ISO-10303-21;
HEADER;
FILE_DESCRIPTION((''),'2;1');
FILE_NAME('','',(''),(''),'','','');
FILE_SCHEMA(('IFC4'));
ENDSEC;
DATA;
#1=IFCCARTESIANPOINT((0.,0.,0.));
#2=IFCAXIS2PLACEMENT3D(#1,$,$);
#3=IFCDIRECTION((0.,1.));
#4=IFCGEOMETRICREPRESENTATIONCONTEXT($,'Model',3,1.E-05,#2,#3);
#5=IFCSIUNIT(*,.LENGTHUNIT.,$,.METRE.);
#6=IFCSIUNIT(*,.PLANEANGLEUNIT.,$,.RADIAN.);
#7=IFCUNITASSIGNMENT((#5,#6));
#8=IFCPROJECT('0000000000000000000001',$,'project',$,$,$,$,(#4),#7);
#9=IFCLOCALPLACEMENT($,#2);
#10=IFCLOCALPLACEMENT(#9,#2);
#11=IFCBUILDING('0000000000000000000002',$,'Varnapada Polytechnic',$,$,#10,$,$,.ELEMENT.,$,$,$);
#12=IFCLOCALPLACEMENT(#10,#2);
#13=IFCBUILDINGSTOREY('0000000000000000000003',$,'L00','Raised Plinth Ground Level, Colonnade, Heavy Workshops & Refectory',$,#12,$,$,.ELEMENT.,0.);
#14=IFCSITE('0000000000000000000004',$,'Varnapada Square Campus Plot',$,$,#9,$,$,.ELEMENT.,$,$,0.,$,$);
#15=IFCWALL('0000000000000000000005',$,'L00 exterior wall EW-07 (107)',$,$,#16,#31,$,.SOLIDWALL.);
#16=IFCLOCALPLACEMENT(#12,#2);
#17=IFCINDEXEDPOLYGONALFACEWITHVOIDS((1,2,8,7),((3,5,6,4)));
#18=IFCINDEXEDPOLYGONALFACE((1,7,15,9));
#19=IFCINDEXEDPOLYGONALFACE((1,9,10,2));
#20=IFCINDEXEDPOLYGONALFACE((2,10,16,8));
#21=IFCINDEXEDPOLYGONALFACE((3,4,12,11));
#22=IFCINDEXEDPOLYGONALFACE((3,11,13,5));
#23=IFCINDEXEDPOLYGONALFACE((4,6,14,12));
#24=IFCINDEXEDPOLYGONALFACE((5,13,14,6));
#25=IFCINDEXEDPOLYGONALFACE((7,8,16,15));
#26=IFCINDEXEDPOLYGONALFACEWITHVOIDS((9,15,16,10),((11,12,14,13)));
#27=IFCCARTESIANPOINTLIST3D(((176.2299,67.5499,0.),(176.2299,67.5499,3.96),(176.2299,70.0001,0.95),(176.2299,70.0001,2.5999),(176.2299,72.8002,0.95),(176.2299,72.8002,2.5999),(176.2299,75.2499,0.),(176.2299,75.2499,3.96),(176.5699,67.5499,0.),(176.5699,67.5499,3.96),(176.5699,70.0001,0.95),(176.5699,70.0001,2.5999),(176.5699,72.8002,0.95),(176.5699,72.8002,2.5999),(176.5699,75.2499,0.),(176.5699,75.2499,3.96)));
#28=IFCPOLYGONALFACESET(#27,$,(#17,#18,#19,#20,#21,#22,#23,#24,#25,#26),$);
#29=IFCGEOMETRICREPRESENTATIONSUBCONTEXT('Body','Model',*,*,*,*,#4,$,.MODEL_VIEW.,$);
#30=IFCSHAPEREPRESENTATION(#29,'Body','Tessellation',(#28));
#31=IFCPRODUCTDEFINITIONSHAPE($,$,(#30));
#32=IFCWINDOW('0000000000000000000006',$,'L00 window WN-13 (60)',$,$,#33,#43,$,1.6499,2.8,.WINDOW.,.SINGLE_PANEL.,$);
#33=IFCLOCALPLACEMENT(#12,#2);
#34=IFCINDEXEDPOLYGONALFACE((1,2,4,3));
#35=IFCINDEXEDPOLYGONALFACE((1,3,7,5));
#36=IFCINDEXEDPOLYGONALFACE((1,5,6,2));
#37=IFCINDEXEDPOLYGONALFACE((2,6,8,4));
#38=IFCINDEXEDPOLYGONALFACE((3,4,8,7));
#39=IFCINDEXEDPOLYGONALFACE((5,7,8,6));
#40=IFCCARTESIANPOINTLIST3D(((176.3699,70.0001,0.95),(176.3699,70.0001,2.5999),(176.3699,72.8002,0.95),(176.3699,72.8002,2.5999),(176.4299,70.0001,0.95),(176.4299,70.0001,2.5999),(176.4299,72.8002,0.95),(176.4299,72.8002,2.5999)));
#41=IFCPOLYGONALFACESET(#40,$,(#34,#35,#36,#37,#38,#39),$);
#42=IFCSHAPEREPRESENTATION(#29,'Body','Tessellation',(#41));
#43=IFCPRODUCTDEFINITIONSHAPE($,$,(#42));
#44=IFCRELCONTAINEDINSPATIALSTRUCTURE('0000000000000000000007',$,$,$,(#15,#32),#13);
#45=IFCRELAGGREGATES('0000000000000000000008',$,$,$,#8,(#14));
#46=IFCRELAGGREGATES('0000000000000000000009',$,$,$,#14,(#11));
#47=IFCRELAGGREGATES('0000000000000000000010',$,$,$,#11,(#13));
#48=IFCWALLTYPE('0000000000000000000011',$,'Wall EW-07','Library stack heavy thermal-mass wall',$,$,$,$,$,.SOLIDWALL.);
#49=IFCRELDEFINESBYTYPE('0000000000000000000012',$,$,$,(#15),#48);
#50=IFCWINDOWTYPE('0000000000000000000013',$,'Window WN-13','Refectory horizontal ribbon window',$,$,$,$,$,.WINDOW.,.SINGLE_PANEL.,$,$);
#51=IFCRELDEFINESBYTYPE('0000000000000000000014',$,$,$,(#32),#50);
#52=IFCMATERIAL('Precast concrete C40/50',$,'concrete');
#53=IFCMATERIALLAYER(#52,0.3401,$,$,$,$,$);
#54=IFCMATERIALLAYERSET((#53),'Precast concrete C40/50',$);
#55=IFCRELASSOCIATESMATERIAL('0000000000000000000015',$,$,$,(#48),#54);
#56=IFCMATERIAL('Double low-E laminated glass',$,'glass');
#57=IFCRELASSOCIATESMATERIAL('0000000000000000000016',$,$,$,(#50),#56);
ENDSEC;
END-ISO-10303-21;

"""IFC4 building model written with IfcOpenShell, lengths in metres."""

from ifc_helpers import new_model, si_unit, direction, frame, frame_2d, origin, place, context, subcontext, project, spatial, rectangle, extrude, material, layer, layer_set, type_object, element, fill, save


model = new_model("IFC4")

# Units and contexts
model_context = context("Model", 3, precision=1e-05, world=origin(), true_north=direction((0.0, 1.0)))
body_context = subcontext(model_context, "Body", "Model", "MODEL_VIEW")
ifc_project = project(units=[si_unit("LENGTHUNIT", "METRE"), si_unit("PLANEANGLEUNIT", "RADIAN")], contexts=[model_context])

# Site, building, storey
site_placement = place(None, origin())
site = spatial("IfcSite", under=ifc_project, at=site_placement, Name="Varnapada Square Campus Plot", CompositionType="ELEMENT", RefElevation=0.0)
building_placement = place(site_placement, origin())
building = spatial("IfcBuilding", under=site, at=building_placement, Name="Varnapada Polytechnic", CompositionType="ELEMENT")
storey_placement = place(building_placement, origin())
storey = spatial("IfcBuildingStorey", under=building, at=storey_placement, Name="L00", Description="Raised Plinth Ground Level, Colonnade, Heavy Workshops & Refectory", CompositionType="ELEMENT", Elevation=0.0)

# Wall, opening, window
ifc_material_1 = material(Name="Precast concrete C40/50", Category="concrete")
ifc_layer_1 = layer(ifc_material_1, 0.3401)
ifc_layer_set_1 = layer_set([ifc_layer_1], Name="Precast concrete C40/50")
wall_type = type_object("IfcWallType", Name="Wall EW-07", Description="Library stack heavy thermal-mass wall", PredefinedType="SOLIDWALL", material=ifc_layer_set_1)
wall_placement = place(storey_placement, frame((176.3999, 75.25, 0.0), z_axis=(0.0, 0.0, 1.0), x_axis=(0.0, -1.0, 0.0)))
wall = element("IfcWall", 1, at=wall_placement, inside=storey, type_object=wall_type, Name="L00 exterior wall EW-07 (107)", PredefinedType="SOLIDWALL", context=body_context, shape_type="SweptSolid", body=[
    extrude(rectangle(XDim=7.7, YDim=0.3401, at=frame_2d((3.8501, 0.0))), origin(), (0.0, 0.0, 1.0), 3.96),
])
opening_1_placement = place(wall_placement, frame((2.45, 0.0, 0.95)))
opening_1 = element("IfcOpeningElement", 2, at=opening_1_placement, cuts=wall, PredefinedType="OPENING", context=body_context, shape_type="SweptSolid", body=[
    extrude(rectangle(XDim=2.8, YDim=1.6499, at=frame_2d((1.3999, 0.825))), frame((0.0, 0.1799, 0.0), z_axis=(0.0, -1.0, 0.0), x_axis=(1.0, 0.0, 0.0)), (0.0, 0.0, 1.0), 0.3601),
])
ifc_material_2 = material(Name="Double low-E laminated glass", Category="glass")
window_type = type_object("IfcWindowType", Name="Window WN-13", Description="Refectory horizontal ribbon window", PartitioningType="SINGLE_PANEL", PredefinedType="WINDOW", material=ifc_material_2)
window_placement = place(opening_1_placement, origin())
window = element("IfcWindow", 3, at=window_placement, inside=storey, type_object=window_type, Name="L00 window WN-13 (60)", OverallHeight=1.6499, OverallWidth=2.8, PartitioningType="SINGLE_PANEL", PredefinedType="WINDOW", context=body_context, shape_type="SweptSolid", body=[
    extrude(rectangle(XDim=2.8, YDim=1.6499, at=frame_2d((1.3999, 0.825))), frame((0.0, 0.03, 0.0), z_axis=(0.0, -1.0, 0.0), x_axis=(1.0, 0.0, 0.0)), (0.0, 0.0, 1.0), 0.0601),
])
fill(opening_1, window)

save(model, "model.ifc")
